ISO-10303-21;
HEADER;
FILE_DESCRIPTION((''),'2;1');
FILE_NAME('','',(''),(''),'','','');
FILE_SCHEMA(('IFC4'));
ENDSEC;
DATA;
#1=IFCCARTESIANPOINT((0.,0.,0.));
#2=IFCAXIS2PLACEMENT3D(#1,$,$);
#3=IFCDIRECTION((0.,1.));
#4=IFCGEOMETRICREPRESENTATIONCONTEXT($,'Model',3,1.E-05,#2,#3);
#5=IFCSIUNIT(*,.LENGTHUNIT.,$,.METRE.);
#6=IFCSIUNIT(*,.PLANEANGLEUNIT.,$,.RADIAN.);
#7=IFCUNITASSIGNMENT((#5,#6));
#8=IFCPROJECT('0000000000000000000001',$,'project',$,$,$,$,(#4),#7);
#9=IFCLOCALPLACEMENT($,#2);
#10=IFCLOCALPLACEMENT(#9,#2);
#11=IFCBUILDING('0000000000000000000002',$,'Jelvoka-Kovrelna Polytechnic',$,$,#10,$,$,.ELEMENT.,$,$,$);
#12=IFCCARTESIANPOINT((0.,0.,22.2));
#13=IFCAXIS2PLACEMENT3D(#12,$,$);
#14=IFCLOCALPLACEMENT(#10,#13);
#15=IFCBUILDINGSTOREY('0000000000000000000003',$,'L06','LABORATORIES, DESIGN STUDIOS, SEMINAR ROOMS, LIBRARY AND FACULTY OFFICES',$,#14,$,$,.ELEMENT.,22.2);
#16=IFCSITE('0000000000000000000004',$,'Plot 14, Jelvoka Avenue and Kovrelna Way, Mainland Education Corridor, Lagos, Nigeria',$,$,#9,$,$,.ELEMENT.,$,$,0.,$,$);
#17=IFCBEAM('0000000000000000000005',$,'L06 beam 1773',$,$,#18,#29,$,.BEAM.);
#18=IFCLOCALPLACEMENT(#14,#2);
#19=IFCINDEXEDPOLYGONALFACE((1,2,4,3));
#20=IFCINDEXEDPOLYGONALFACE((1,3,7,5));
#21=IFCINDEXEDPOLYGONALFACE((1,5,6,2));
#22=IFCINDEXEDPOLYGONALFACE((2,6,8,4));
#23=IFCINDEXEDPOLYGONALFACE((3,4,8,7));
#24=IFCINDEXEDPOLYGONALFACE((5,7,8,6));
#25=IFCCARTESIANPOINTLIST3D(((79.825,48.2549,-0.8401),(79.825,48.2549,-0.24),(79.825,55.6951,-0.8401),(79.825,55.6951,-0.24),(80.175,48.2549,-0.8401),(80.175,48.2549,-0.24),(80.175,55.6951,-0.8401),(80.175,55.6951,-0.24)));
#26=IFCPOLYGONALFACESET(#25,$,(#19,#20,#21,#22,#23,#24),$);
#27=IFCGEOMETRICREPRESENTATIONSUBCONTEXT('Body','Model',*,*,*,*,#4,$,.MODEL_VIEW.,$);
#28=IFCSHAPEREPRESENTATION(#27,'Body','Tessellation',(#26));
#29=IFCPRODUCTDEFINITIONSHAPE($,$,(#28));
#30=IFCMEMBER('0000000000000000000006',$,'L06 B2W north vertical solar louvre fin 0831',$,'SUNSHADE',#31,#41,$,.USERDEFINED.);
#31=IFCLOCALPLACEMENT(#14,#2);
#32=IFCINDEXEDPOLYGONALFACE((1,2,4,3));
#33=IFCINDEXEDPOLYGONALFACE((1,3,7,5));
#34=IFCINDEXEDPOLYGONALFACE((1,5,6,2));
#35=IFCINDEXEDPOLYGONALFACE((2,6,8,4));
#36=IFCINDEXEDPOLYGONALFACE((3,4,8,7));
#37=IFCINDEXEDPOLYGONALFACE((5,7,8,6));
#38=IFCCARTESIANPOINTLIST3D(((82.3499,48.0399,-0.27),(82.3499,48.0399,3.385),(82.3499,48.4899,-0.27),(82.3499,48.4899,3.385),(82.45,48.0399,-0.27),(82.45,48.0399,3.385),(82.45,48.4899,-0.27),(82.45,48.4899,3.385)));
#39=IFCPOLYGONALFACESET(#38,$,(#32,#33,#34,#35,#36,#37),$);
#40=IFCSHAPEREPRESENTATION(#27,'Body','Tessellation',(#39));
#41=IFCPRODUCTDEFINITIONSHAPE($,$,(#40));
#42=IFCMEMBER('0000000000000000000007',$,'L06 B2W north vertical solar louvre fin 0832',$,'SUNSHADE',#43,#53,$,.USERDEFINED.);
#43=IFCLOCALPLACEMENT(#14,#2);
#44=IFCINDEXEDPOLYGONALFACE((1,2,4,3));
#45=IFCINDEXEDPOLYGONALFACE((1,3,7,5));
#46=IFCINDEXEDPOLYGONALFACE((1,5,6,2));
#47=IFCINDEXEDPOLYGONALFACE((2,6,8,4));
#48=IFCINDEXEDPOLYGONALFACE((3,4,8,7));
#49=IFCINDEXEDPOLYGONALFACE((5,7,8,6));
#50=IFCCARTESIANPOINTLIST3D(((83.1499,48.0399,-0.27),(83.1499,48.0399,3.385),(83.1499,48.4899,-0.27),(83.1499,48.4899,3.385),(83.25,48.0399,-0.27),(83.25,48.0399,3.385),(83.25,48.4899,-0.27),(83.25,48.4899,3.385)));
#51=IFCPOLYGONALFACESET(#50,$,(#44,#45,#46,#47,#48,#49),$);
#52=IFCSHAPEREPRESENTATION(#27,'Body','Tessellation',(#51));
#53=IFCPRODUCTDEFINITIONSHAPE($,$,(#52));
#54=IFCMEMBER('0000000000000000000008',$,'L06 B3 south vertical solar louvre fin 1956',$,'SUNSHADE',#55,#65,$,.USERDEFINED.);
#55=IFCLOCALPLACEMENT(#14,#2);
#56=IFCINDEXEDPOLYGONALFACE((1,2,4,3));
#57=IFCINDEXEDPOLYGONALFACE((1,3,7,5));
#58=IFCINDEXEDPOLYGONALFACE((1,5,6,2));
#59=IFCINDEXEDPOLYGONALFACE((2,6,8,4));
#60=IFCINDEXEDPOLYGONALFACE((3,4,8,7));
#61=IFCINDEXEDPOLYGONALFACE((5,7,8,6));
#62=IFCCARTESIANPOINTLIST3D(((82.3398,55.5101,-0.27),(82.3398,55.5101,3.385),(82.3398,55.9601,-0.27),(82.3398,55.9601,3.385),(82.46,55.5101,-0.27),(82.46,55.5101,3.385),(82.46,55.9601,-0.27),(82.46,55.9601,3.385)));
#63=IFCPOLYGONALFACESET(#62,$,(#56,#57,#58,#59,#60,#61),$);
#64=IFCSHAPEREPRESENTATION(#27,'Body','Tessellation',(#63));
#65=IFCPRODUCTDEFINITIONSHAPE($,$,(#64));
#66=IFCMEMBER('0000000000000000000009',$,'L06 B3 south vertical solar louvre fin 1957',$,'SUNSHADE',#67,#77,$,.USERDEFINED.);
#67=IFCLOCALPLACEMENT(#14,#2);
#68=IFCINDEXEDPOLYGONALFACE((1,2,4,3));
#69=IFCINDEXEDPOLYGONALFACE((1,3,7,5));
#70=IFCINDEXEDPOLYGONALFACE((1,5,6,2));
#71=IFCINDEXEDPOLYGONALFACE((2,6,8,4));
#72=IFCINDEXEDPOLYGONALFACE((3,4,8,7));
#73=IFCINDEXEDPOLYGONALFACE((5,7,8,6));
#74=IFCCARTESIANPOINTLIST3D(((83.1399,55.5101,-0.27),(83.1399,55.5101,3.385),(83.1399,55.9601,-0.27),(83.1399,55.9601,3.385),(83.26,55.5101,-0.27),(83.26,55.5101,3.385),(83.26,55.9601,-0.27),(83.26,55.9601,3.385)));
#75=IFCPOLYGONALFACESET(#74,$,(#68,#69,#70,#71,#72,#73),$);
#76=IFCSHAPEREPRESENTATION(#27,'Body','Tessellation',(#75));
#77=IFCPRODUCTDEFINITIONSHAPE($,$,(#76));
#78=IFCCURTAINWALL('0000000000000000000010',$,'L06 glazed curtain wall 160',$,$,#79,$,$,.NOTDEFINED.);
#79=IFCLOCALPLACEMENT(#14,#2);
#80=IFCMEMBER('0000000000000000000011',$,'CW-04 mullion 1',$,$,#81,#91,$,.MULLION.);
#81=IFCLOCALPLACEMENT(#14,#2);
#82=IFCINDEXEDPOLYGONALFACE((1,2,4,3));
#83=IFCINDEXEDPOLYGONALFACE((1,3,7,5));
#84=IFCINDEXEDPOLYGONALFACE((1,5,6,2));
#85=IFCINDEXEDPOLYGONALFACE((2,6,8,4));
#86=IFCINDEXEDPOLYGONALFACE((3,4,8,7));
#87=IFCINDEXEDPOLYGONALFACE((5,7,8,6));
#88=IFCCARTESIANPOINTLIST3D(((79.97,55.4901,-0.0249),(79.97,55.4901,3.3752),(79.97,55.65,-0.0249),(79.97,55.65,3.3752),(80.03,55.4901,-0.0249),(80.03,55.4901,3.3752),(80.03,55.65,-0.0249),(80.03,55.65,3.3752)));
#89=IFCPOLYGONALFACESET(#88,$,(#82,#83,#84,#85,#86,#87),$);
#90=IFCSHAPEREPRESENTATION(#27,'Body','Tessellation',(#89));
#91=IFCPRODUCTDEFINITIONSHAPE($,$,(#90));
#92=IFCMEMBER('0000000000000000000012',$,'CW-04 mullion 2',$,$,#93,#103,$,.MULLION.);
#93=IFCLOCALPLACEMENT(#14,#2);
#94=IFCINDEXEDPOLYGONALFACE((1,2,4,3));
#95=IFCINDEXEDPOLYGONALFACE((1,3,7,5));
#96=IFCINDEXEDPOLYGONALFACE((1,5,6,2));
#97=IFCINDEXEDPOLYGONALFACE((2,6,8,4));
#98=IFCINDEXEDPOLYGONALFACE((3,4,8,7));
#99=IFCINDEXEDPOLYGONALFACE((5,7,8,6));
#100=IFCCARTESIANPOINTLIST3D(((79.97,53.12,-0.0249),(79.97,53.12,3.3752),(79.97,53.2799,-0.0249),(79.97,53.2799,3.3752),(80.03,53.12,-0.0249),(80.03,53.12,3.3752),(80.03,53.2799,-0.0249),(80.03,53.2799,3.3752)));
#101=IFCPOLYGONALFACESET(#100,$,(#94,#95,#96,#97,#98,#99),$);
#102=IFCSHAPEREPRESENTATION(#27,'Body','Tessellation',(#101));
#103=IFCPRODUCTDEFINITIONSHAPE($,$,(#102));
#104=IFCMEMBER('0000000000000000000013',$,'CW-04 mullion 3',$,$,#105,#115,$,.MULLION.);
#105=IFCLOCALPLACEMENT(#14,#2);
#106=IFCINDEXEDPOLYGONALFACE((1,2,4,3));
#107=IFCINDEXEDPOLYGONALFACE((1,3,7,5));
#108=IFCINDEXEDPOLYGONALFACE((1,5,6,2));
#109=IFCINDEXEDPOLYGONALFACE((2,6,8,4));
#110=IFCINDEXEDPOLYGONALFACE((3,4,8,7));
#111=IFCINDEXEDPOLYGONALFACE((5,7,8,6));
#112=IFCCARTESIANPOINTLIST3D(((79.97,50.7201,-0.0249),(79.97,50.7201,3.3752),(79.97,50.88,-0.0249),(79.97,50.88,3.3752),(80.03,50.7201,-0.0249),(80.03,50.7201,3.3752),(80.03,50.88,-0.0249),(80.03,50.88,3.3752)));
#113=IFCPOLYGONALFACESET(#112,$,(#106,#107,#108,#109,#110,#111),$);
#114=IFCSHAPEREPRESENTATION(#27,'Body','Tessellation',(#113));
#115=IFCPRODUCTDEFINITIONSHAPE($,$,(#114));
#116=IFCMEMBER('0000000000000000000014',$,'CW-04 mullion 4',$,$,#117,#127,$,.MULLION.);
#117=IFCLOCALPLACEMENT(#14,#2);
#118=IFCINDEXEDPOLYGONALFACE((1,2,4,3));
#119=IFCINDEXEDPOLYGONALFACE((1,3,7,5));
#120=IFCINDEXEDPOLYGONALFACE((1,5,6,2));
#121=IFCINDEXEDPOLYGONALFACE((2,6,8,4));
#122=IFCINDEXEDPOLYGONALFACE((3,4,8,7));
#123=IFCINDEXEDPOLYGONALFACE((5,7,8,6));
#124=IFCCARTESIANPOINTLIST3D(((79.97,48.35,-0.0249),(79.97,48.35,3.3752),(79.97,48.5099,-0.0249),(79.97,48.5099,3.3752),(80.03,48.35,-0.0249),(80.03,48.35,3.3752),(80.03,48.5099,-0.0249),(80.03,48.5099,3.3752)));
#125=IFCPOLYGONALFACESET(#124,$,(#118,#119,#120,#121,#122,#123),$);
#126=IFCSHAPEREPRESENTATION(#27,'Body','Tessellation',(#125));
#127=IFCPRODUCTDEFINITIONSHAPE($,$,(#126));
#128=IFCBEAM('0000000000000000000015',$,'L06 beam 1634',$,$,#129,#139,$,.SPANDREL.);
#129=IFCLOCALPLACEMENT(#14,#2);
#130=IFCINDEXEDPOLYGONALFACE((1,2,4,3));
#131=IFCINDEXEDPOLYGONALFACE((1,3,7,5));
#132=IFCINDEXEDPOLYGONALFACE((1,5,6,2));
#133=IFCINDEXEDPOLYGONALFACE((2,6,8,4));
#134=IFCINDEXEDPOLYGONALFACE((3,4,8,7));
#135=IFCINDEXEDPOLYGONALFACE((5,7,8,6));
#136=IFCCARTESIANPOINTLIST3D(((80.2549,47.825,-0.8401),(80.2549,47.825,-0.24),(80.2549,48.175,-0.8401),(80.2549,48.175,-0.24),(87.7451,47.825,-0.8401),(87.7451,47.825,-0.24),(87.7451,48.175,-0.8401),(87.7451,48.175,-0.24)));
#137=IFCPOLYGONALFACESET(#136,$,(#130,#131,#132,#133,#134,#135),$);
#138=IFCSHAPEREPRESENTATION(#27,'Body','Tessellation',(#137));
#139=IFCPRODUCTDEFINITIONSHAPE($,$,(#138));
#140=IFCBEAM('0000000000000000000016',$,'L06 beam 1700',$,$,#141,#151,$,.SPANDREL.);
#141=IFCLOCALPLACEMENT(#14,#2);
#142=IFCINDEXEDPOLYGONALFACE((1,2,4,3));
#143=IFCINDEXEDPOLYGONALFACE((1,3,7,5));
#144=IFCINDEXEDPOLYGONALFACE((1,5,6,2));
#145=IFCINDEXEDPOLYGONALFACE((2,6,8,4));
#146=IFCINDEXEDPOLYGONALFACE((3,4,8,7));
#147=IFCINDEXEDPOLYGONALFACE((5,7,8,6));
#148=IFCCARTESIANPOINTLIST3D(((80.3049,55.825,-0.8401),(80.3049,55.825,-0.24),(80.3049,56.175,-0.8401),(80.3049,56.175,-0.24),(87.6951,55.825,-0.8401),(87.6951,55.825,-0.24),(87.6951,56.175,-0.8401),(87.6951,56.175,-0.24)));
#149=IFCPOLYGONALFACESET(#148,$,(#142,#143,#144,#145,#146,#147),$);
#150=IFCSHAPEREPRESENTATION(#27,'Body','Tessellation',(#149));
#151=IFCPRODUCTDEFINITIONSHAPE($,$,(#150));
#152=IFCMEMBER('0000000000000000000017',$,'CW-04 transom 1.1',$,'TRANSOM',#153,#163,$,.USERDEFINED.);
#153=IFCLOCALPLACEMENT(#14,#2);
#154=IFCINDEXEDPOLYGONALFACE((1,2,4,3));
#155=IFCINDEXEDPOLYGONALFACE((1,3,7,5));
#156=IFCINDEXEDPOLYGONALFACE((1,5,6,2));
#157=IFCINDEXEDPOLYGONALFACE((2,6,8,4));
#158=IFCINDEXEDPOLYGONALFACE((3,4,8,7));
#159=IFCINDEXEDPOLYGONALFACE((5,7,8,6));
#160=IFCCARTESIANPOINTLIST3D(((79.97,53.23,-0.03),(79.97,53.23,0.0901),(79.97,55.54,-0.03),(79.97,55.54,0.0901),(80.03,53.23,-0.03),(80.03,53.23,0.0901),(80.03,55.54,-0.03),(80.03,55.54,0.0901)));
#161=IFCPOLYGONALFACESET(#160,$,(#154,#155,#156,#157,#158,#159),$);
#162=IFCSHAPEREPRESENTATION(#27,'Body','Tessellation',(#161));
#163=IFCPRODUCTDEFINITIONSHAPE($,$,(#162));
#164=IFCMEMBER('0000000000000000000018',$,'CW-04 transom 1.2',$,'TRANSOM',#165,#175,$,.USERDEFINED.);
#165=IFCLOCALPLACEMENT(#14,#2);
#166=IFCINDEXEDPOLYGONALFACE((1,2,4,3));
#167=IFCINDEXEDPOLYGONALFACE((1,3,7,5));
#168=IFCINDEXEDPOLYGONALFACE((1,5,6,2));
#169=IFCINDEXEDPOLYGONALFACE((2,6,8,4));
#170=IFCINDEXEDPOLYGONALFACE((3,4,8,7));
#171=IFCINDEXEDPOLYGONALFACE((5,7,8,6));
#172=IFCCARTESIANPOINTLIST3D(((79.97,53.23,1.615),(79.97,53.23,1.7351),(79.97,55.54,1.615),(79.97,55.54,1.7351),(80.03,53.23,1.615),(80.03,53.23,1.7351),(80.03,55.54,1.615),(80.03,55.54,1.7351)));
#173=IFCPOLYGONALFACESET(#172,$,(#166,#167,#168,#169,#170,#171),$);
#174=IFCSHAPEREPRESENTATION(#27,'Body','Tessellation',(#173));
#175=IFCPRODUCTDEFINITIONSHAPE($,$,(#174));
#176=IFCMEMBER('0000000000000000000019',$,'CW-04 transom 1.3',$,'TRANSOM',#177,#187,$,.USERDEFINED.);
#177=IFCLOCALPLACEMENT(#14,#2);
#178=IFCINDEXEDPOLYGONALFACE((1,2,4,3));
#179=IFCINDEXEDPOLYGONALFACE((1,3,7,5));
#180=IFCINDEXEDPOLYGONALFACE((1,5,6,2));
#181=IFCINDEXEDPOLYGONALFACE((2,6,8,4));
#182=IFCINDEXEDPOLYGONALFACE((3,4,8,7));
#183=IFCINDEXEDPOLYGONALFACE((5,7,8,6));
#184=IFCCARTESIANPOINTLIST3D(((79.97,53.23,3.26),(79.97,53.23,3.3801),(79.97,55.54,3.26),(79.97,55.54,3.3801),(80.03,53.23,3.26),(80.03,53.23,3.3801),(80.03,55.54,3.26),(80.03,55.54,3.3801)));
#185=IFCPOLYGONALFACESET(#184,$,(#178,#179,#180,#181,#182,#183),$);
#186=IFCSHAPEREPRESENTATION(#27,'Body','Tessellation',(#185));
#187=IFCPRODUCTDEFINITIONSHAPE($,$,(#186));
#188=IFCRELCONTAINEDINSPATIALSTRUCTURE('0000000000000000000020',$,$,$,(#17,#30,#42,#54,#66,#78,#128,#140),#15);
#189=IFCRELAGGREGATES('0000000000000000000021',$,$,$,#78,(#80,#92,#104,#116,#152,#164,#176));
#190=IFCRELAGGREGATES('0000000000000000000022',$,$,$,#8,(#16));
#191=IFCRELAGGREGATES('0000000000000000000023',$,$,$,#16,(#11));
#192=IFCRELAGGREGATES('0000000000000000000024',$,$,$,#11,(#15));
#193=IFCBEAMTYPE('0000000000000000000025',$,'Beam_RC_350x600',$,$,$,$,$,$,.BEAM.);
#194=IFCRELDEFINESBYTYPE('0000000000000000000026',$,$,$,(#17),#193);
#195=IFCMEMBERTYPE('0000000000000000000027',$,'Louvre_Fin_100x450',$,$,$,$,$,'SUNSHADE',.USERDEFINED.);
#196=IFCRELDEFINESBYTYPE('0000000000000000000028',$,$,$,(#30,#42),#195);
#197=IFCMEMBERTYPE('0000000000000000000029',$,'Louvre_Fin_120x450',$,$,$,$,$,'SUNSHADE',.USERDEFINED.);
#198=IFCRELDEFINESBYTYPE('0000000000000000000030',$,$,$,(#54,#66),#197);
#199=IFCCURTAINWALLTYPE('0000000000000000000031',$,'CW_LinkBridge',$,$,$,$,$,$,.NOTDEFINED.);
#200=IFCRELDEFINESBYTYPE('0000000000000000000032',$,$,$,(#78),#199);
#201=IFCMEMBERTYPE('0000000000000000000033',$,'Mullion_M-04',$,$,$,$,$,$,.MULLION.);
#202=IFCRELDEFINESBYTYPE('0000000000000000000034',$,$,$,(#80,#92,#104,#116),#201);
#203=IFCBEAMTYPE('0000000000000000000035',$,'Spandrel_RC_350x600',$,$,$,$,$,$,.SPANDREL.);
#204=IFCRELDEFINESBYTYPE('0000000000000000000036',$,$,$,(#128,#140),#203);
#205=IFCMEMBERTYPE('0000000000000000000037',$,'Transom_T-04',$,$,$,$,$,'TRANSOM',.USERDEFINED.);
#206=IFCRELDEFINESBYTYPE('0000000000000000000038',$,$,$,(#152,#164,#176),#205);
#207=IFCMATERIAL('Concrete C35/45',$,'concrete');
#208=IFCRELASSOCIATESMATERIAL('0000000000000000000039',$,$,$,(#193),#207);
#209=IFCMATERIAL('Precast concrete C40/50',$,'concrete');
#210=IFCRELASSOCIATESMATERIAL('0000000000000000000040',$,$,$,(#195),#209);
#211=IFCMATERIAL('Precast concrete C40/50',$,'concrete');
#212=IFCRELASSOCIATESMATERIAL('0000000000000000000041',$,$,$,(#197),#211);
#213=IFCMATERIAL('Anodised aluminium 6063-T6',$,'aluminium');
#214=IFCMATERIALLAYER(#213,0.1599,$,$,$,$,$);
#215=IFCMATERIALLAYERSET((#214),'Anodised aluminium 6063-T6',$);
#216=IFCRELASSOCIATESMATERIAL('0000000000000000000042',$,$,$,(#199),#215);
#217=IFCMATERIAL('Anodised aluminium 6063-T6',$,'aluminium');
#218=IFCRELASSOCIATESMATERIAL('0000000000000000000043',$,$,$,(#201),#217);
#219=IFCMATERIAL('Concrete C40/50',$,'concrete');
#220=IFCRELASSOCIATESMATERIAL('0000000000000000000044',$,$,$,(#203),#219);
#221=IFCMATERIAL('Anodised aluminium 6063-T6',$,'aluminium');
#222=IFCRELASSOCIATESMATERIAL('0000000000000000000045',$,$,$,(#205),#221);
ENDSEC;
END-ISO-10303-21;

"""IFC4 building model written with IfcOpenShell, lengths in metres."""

from ifc_helpers import new_model, si_unit, direction, frame, origin, origin_2d, place, context, subcontext, project, spatial, rectangle, extrude, material, layer, layer_set, material_profile, profile_set, type_object, element, aggregate, save


model = new_model("IFC4")

# Units and contexts
model_context = context("Model", 3, precision=1e-05, world=origin(), true_north=direction((0.0, 1.0)))
body_context = subcontext(model_context, "Body", "Model", "MODEL_VIEW")
ifc_project = project(units=[si_unit("LENGTHUNIT", "METRE"), si_unit("PLANEANGLEUNIT", "RADIAN")], contexts=[model_context])

# Site, building, storey
site_placement = place(None, origin())
site = spatial("IfcSite", under=ifc_project, at=site_placement, Name="Plot 14, Jelvoka Avenue and Kovrelna Way, Mainland Education Corridor, Lagos, Nigeria", CompositionType="ELEMENT", RefElevation=0.0)
building_placement = place(site_placement, origin())
building = spatial("IfcBuilding", under=site, at=building_placement, Name="Jelvoka-Kovrelna Polytechnic", CompositionType="ELEMENT")
storey_placement = place(building_placement, frame((0.0, 0.0, 22.2)))
storey = spatial("IfcBuildingStorey", under=building, at=storey_placement, Name="L06", Description="LABORATORIES, DESIGN STUDIOS, SEMINAR ROOMS, LIBRARY AND FACULTY OFFICES", CompositionType="ELEMENT", Elevation=22.2)

# Beam
ifc_material_1 = material(Name="Concrete C35/45", Category="concrete")
ifc_material_profile_1 = material_profile(ifc_material_1, rectangle(XDim=0.3501, YDim=0.6001, at=origin_2d()), Name="RC 350x600")
ifc_profile_set_1 = profile_set([ifc_material_profile_1], Name="Concrete C35/45")
beam_type_1 = type_object("IfcBeamType", Name="Beam_RC_350x600", PredefinedType="BEAM", material=ifc_profile_set_1)
beam_1_placement = place(storey_placement, frame((80.0, 48.2549, -0.54), z_axis=(0.0, 1.0, 0.0), x_axis=(-1.0, 0.0, 0.0)))
element("IfcBeam", 1, at=beam_1_placement, inside=storey, type_object=beam_type_1, Name="L06 beam 1773", PredefinedType="BEAM", context=body_context, shape_type="SweptSolid", body=[
    extrude(rectangle(XDim=0.3501, YDim=0.6001, at=origin_2d()), origin(), (0.0, 0.0, 1.0), 7.4402),
])

# Members
ifc_material_2 = material(Name="Precast concrete C40/50", Category="concrete")
ifc_material_profile_2 = material_profile(ifc_material_2, rectangle(XDim=0.1001, YDim=0.45, at=origin_2d()), Name="PC 100x450")
ifc_profile_set_2 = profile_set([ifc_material_profile_2], Name="Precast concrete C40/50")
member_type_1 = type_object("IfcMemberType", Name="Louvre_Fin_100x450", ElementType="SUNSHADE", PredefinedType="USERDEFINED", material=ifc_profile_set_2)
for number, where, z_axis, x_axis, name in (
    (2, (82.3999, 48.2649, -0.27), (0.0, 0.0, 1.0), (1.0, 0.0, 0.0), "L06 B2W north vertical solar louvre fin 0831"),
    (3, (83.2, 48.2649, -0.27), (0.0, 0.0, 1.0), (1.0, 0.0, 0.0), "L06 B2W north vertical solar louvre fin 0832"),
):
    element("IfcMember", number, at=place(storey_placement, frame(where, z_axis=z_axis, x_axis=x_axis)), inside=storey, type_object=member_type_1, Name=name, ObjectType="SUNSHADE", PredefinedType="USERDEFINED", context=body_context, shape_type="SweptSolid", body=[
        extrude(rectangle(XDim=0.1001, YDim=0.45, at=origin_2d()), origin(), (0.0, 0.0, 1.0), 3.655),
    ])
ifc_material_3 = material(Name="Precast concrete C40/50", Category="concrete")
ifc_material_profile_3 = material_profile(ifc_material_3, rectangle(XDim=0.1201, YDim=0.45, at=origin_2d()), Name="PC 120x450")
ifc_profile_set_3 = profile_set([ifc_material_profile_3], Name="Precast concrete C40/50")
member_type_2 = type_object("IfcMemberType", Name="Louvre_Fin_120x450", ElementType="SUNSHADE", PredefinedType="USERDEFINED", material=ifc_profile_set_3)
for number, where, z_axis, x_axis, name in (
    (4, (82.3999, 55.7351, -0.27), (0.0, 0.0, 1.0), (1.0, 0.0, 0.0), "L06 B3 south vertical solar louvre fin 1956"),
    (5, (83.2, 55.7351, -0.27), (0.0, 0.0, 1.0), (1.0, 0.0, 0.0), "L06 B3 south vertical solar louvre fin 1957"),
):
    element("IfcMember", number, at=place(storey_placement, frame(where, z_axis=z_axis, x_axis=x_axis)), inside=storey, type_object=member_type_2, Name=name, ObjectType="SUNSHADE", PredefinedType="USERDEFINED", context=body_context, shape_type="SweptSolid", body=[
        extrude(rectangle(XDim=0.1201, YDim=0.45, at=origin_2d()), origin(), (0.0, 0.0, 1.0), 3.655),
    ])

# Curtain wall, members
ifc_material_4 = material(Name="Anodised aluminium 6063-T6", Category="aluminium")
ifc_layer_1 = layer(ifc_material_4, 0.1599)
ifc_layer_set_1 = layer_set([ifc_layer_1], Name="Anodised aluminium 6063-T6")
curtain_wall_type = type_object("IfcCurtainWallType", Name="CW_LinkBridge", PredefinedType="NOTDEFINED", material=ifc_layer_set_1)
curtain_wall_placement = place(storey_placement, origin())
curtain_wall = element("IfcCurtainWall", 6, at=curtain_wall_placement, inside=storey, type_object=curtain_wall_type, Name="L06 glazed curtain wall 160", PredefinedType="NOTDEFINED")
ifc_material_5 = material(Name="Anodised aluminium 6063-T6", Category="aluminium")
ifc_material_profile_4 = material_profile(ifc_material_5, rectangle(XDim=0.0601, YDim=0.1599, at=origin_2d()), Name="ALU 60x160")
ifc_profile_set_4 = profile_set([ifc_material_profile_4], Name="Anodised aluminium 6063-T6")
member_type_3 = type_object("IfcMemberType", Name="Mullion_M-04", PredefinedType="MULLION", material=ifc_profile_set_4)
member_1_placement = place(storey_placement, frame((80.0, 55.5701, -0.0249), z_axis=(0.0, 0.0, 1.0), x_axis=(1.0, 0.0, 0.0)))
member_1 = element("IfcMember", 7, at=member_1_placement, type_object=member_type_3, Name="CW-04 mullion 1", PredefinedType="MULLION", context=body_context, shape_type="SweptSolid", body=[
    extrude(rectangle(XDim=0.0601, YDim=0.1599, at=origin_2d()), origin(), (0.0, 0.0, 1.0), 3.4001),
])
member_2_placement = place(storey_placement, frame((80.0, 53.2, -0.0249), z_axis=(0.0, 0.0, 1.0), x_axis=(1.0, 0.0, 0.0)))
member_2 = element("IfcMember", 8, at=member_2_placement, type_object=member_type_3, Name="CW-04 mullion 2", PredefinedType="MULLION", context=body_context, shape_type="SweptSolid", body=[
    extrude(rectangle(XDim=0.0601, YDim=0.1599, at=origin_2d()), origin(), (0.0, 0.0, 1.0), 3.4001),
])
member_3_placement = place(storey_placement, frame((80.0, 50.8, -0.0249), z_axis=(0.0, 0.0, 1.0), x_axis=(1.0, 0.0, 0.0)))
member_3 = element("IfcMember", 9, at=member_3_placement, type_object=member_type_3, Name="CW-04 mullion 3", PredefinedType="MULLION", context=body_context, shape_type="SweptSolid", body=[
    extrude(rectangle(XDim=0.0601, YDim=0.1599, at=origin_2d()), origin(), (0.0, 0.0, 1.0), 3.4001),
])
member_4_placement = place(storey_placement, frame((80.0, 48.4299, -0.0249), z_axis=(0.0, 0.0, 1.0), x_axis=(1.0, 0.0, 0.0)))
member_4 = element("IfcMember", 10, at=member_4_placement, type_object=member_type_3, Name="CW-04 mullion 4", PredefinedType="MULLION", context=body_context, shape_type="SweptSolid", body=[
    extrude(rectangle(XDim=0.0601, YDim=0.1599, at=origin_2d()), origin(), (0.0, 0.0, 1.0), 3.4001),
])

# Beams
ifc_material_6 = material(Name="Concrete C40/50", Category="concrete")
ifc_material_profile_5 = material_profile(ifc_material_6, rectangle(XDim=0.3501, YDim=0.6001, at=origin_2d()), Name="RC 350x600")
ifc_profile_set_5 = profile_set([ifc_material_profile_5], Name="Concrete C40/50")
beam_type_2 = type_object("IfcBeamType", Name="Spandrel_RC_350x600", PredefinedType="SPANDREL", material=ifc_profile_set_5)
beam_2_placement = place(storey_placement, frame((80.2549, 48.0, -0.54), z_axis=(1.0, 0.0, 0.0), x_axis=(0.0, 1.0, 0.0)))
element("IfcBeam", 11, at=beam_2_placement, inside=storey, type_object=beam_type_2, Name="L06 beam 1634", PredefinedType="SPANDREL", context=body_context, shape_type="SweptSolid", body=[
    extrude(rectangle(XDim=0.3501, YDim=0.6001, at=origin_2d()), origin(), (0.0, 0.0, 1.0), 7.4902),
])
beam_3_placement = place(storey_placement, frame((80.3049, 56.0, -0.54), z_axis=(1.0, 0.0, 0.0), x_axis=(0.0, 1.0, 0.0)))
element("IfcBeam", 12, at=beam_3_placement, inside=storey, type_object=beam_type_2, Name="L06 beam 1700", PredefinedType="SPANDREL", context=body_context, shape_type="SweptSolid", body=[
    extrude(rectangle(XDim=0.3501, YDim=0.6001, at=origin_2d()), origin(), (0.0, 0.0, 1.0), 7.3901),
])

# Members
ifc_material_7 = material(Name="Anodised aluminium 6063-T6", Category="aluminium")
ifc_material_profile_6 = material_profile(ifc_material_7, rectangle(XDim=0.0601, YDim=0.1201, at=origin_2d()), Name="ALU 60x120")
ifc_profile_set_6 = profile_set([ifc_material_profile_6], Name="Anodised aluminium 6063-T6")
member_type_4 = type_object("IfcMemberType", Name="Transom_T-04", ElementType="TRANSOM", PredefinedType="USERDEFINED", material=ifc_profile_set_6)
member_5_placement = place(storey_placement, frame((80.0, 55.54, 0.03), z_axis=(0.0, -1.0, 0.0), x_axis=(1.0, 0.0, 0.0)))
member_5 = element("IfcMember", 13, at=member_5_placement, type_object=member_type_4, Name="CW-04 transom 1.1", ObjectType="TRANSOM", PredefinedType="USERDEFINED", context=body_context, shape_type="SweptSolid", body=[
    extrude(rectangle(XDim=0.0601, YDim=0.1201, at=origin_2d()), origin(), (0.0, 0.0, 1.0), 2.3101),
])
member_6_placement = place(storey_placement, frame((80.0, 55.54, 1.675), z_axis=(0.0, -1.0, 0.0), x_axis=(1.0, 0.0, 0.0)))
member_6 = element("IfcMember", 14, at=member_6_placement, type_object=member_type_4, Name="CW-04 transom 1.2", ObjectType="TRANSOM", PredefinedType="USERDEFINED", context=body_context, shape_type="SweptSolid", body=[
    extrude(rectangle(XDim=0.0601, YDim=0.1201, at=origin_2d()), origin(), (0.0, 0.0, 1.0), 2.3101),
])
member_7_placement = place(storey_placement, frame((80.0, 55.54, 3.3201), z_axis=(0.0, -1.0, 0.0), x_axis=(1.0, 0.0, 0.0)))
member_7 = element("IfcMember", 15, at=member_7_placement, type_object=member_type_4, Name="CW-04 transom 1.3", ObjectType="TRANSOM", PredefinedType="USERDEFINED", context=body_context, shape_type="SweptSolid", body=[
    extrude(rectangle(XDim=0.0601, YDim=0.1201, at=origin_2d()), origin(), (0.0, 0.0, 1.0), 2.3101),
])

aggregate(curtain_wall, [member_1, member_2, member_3, member_4, member_5, member_6, member_7])

save(model, "model.ifc")
